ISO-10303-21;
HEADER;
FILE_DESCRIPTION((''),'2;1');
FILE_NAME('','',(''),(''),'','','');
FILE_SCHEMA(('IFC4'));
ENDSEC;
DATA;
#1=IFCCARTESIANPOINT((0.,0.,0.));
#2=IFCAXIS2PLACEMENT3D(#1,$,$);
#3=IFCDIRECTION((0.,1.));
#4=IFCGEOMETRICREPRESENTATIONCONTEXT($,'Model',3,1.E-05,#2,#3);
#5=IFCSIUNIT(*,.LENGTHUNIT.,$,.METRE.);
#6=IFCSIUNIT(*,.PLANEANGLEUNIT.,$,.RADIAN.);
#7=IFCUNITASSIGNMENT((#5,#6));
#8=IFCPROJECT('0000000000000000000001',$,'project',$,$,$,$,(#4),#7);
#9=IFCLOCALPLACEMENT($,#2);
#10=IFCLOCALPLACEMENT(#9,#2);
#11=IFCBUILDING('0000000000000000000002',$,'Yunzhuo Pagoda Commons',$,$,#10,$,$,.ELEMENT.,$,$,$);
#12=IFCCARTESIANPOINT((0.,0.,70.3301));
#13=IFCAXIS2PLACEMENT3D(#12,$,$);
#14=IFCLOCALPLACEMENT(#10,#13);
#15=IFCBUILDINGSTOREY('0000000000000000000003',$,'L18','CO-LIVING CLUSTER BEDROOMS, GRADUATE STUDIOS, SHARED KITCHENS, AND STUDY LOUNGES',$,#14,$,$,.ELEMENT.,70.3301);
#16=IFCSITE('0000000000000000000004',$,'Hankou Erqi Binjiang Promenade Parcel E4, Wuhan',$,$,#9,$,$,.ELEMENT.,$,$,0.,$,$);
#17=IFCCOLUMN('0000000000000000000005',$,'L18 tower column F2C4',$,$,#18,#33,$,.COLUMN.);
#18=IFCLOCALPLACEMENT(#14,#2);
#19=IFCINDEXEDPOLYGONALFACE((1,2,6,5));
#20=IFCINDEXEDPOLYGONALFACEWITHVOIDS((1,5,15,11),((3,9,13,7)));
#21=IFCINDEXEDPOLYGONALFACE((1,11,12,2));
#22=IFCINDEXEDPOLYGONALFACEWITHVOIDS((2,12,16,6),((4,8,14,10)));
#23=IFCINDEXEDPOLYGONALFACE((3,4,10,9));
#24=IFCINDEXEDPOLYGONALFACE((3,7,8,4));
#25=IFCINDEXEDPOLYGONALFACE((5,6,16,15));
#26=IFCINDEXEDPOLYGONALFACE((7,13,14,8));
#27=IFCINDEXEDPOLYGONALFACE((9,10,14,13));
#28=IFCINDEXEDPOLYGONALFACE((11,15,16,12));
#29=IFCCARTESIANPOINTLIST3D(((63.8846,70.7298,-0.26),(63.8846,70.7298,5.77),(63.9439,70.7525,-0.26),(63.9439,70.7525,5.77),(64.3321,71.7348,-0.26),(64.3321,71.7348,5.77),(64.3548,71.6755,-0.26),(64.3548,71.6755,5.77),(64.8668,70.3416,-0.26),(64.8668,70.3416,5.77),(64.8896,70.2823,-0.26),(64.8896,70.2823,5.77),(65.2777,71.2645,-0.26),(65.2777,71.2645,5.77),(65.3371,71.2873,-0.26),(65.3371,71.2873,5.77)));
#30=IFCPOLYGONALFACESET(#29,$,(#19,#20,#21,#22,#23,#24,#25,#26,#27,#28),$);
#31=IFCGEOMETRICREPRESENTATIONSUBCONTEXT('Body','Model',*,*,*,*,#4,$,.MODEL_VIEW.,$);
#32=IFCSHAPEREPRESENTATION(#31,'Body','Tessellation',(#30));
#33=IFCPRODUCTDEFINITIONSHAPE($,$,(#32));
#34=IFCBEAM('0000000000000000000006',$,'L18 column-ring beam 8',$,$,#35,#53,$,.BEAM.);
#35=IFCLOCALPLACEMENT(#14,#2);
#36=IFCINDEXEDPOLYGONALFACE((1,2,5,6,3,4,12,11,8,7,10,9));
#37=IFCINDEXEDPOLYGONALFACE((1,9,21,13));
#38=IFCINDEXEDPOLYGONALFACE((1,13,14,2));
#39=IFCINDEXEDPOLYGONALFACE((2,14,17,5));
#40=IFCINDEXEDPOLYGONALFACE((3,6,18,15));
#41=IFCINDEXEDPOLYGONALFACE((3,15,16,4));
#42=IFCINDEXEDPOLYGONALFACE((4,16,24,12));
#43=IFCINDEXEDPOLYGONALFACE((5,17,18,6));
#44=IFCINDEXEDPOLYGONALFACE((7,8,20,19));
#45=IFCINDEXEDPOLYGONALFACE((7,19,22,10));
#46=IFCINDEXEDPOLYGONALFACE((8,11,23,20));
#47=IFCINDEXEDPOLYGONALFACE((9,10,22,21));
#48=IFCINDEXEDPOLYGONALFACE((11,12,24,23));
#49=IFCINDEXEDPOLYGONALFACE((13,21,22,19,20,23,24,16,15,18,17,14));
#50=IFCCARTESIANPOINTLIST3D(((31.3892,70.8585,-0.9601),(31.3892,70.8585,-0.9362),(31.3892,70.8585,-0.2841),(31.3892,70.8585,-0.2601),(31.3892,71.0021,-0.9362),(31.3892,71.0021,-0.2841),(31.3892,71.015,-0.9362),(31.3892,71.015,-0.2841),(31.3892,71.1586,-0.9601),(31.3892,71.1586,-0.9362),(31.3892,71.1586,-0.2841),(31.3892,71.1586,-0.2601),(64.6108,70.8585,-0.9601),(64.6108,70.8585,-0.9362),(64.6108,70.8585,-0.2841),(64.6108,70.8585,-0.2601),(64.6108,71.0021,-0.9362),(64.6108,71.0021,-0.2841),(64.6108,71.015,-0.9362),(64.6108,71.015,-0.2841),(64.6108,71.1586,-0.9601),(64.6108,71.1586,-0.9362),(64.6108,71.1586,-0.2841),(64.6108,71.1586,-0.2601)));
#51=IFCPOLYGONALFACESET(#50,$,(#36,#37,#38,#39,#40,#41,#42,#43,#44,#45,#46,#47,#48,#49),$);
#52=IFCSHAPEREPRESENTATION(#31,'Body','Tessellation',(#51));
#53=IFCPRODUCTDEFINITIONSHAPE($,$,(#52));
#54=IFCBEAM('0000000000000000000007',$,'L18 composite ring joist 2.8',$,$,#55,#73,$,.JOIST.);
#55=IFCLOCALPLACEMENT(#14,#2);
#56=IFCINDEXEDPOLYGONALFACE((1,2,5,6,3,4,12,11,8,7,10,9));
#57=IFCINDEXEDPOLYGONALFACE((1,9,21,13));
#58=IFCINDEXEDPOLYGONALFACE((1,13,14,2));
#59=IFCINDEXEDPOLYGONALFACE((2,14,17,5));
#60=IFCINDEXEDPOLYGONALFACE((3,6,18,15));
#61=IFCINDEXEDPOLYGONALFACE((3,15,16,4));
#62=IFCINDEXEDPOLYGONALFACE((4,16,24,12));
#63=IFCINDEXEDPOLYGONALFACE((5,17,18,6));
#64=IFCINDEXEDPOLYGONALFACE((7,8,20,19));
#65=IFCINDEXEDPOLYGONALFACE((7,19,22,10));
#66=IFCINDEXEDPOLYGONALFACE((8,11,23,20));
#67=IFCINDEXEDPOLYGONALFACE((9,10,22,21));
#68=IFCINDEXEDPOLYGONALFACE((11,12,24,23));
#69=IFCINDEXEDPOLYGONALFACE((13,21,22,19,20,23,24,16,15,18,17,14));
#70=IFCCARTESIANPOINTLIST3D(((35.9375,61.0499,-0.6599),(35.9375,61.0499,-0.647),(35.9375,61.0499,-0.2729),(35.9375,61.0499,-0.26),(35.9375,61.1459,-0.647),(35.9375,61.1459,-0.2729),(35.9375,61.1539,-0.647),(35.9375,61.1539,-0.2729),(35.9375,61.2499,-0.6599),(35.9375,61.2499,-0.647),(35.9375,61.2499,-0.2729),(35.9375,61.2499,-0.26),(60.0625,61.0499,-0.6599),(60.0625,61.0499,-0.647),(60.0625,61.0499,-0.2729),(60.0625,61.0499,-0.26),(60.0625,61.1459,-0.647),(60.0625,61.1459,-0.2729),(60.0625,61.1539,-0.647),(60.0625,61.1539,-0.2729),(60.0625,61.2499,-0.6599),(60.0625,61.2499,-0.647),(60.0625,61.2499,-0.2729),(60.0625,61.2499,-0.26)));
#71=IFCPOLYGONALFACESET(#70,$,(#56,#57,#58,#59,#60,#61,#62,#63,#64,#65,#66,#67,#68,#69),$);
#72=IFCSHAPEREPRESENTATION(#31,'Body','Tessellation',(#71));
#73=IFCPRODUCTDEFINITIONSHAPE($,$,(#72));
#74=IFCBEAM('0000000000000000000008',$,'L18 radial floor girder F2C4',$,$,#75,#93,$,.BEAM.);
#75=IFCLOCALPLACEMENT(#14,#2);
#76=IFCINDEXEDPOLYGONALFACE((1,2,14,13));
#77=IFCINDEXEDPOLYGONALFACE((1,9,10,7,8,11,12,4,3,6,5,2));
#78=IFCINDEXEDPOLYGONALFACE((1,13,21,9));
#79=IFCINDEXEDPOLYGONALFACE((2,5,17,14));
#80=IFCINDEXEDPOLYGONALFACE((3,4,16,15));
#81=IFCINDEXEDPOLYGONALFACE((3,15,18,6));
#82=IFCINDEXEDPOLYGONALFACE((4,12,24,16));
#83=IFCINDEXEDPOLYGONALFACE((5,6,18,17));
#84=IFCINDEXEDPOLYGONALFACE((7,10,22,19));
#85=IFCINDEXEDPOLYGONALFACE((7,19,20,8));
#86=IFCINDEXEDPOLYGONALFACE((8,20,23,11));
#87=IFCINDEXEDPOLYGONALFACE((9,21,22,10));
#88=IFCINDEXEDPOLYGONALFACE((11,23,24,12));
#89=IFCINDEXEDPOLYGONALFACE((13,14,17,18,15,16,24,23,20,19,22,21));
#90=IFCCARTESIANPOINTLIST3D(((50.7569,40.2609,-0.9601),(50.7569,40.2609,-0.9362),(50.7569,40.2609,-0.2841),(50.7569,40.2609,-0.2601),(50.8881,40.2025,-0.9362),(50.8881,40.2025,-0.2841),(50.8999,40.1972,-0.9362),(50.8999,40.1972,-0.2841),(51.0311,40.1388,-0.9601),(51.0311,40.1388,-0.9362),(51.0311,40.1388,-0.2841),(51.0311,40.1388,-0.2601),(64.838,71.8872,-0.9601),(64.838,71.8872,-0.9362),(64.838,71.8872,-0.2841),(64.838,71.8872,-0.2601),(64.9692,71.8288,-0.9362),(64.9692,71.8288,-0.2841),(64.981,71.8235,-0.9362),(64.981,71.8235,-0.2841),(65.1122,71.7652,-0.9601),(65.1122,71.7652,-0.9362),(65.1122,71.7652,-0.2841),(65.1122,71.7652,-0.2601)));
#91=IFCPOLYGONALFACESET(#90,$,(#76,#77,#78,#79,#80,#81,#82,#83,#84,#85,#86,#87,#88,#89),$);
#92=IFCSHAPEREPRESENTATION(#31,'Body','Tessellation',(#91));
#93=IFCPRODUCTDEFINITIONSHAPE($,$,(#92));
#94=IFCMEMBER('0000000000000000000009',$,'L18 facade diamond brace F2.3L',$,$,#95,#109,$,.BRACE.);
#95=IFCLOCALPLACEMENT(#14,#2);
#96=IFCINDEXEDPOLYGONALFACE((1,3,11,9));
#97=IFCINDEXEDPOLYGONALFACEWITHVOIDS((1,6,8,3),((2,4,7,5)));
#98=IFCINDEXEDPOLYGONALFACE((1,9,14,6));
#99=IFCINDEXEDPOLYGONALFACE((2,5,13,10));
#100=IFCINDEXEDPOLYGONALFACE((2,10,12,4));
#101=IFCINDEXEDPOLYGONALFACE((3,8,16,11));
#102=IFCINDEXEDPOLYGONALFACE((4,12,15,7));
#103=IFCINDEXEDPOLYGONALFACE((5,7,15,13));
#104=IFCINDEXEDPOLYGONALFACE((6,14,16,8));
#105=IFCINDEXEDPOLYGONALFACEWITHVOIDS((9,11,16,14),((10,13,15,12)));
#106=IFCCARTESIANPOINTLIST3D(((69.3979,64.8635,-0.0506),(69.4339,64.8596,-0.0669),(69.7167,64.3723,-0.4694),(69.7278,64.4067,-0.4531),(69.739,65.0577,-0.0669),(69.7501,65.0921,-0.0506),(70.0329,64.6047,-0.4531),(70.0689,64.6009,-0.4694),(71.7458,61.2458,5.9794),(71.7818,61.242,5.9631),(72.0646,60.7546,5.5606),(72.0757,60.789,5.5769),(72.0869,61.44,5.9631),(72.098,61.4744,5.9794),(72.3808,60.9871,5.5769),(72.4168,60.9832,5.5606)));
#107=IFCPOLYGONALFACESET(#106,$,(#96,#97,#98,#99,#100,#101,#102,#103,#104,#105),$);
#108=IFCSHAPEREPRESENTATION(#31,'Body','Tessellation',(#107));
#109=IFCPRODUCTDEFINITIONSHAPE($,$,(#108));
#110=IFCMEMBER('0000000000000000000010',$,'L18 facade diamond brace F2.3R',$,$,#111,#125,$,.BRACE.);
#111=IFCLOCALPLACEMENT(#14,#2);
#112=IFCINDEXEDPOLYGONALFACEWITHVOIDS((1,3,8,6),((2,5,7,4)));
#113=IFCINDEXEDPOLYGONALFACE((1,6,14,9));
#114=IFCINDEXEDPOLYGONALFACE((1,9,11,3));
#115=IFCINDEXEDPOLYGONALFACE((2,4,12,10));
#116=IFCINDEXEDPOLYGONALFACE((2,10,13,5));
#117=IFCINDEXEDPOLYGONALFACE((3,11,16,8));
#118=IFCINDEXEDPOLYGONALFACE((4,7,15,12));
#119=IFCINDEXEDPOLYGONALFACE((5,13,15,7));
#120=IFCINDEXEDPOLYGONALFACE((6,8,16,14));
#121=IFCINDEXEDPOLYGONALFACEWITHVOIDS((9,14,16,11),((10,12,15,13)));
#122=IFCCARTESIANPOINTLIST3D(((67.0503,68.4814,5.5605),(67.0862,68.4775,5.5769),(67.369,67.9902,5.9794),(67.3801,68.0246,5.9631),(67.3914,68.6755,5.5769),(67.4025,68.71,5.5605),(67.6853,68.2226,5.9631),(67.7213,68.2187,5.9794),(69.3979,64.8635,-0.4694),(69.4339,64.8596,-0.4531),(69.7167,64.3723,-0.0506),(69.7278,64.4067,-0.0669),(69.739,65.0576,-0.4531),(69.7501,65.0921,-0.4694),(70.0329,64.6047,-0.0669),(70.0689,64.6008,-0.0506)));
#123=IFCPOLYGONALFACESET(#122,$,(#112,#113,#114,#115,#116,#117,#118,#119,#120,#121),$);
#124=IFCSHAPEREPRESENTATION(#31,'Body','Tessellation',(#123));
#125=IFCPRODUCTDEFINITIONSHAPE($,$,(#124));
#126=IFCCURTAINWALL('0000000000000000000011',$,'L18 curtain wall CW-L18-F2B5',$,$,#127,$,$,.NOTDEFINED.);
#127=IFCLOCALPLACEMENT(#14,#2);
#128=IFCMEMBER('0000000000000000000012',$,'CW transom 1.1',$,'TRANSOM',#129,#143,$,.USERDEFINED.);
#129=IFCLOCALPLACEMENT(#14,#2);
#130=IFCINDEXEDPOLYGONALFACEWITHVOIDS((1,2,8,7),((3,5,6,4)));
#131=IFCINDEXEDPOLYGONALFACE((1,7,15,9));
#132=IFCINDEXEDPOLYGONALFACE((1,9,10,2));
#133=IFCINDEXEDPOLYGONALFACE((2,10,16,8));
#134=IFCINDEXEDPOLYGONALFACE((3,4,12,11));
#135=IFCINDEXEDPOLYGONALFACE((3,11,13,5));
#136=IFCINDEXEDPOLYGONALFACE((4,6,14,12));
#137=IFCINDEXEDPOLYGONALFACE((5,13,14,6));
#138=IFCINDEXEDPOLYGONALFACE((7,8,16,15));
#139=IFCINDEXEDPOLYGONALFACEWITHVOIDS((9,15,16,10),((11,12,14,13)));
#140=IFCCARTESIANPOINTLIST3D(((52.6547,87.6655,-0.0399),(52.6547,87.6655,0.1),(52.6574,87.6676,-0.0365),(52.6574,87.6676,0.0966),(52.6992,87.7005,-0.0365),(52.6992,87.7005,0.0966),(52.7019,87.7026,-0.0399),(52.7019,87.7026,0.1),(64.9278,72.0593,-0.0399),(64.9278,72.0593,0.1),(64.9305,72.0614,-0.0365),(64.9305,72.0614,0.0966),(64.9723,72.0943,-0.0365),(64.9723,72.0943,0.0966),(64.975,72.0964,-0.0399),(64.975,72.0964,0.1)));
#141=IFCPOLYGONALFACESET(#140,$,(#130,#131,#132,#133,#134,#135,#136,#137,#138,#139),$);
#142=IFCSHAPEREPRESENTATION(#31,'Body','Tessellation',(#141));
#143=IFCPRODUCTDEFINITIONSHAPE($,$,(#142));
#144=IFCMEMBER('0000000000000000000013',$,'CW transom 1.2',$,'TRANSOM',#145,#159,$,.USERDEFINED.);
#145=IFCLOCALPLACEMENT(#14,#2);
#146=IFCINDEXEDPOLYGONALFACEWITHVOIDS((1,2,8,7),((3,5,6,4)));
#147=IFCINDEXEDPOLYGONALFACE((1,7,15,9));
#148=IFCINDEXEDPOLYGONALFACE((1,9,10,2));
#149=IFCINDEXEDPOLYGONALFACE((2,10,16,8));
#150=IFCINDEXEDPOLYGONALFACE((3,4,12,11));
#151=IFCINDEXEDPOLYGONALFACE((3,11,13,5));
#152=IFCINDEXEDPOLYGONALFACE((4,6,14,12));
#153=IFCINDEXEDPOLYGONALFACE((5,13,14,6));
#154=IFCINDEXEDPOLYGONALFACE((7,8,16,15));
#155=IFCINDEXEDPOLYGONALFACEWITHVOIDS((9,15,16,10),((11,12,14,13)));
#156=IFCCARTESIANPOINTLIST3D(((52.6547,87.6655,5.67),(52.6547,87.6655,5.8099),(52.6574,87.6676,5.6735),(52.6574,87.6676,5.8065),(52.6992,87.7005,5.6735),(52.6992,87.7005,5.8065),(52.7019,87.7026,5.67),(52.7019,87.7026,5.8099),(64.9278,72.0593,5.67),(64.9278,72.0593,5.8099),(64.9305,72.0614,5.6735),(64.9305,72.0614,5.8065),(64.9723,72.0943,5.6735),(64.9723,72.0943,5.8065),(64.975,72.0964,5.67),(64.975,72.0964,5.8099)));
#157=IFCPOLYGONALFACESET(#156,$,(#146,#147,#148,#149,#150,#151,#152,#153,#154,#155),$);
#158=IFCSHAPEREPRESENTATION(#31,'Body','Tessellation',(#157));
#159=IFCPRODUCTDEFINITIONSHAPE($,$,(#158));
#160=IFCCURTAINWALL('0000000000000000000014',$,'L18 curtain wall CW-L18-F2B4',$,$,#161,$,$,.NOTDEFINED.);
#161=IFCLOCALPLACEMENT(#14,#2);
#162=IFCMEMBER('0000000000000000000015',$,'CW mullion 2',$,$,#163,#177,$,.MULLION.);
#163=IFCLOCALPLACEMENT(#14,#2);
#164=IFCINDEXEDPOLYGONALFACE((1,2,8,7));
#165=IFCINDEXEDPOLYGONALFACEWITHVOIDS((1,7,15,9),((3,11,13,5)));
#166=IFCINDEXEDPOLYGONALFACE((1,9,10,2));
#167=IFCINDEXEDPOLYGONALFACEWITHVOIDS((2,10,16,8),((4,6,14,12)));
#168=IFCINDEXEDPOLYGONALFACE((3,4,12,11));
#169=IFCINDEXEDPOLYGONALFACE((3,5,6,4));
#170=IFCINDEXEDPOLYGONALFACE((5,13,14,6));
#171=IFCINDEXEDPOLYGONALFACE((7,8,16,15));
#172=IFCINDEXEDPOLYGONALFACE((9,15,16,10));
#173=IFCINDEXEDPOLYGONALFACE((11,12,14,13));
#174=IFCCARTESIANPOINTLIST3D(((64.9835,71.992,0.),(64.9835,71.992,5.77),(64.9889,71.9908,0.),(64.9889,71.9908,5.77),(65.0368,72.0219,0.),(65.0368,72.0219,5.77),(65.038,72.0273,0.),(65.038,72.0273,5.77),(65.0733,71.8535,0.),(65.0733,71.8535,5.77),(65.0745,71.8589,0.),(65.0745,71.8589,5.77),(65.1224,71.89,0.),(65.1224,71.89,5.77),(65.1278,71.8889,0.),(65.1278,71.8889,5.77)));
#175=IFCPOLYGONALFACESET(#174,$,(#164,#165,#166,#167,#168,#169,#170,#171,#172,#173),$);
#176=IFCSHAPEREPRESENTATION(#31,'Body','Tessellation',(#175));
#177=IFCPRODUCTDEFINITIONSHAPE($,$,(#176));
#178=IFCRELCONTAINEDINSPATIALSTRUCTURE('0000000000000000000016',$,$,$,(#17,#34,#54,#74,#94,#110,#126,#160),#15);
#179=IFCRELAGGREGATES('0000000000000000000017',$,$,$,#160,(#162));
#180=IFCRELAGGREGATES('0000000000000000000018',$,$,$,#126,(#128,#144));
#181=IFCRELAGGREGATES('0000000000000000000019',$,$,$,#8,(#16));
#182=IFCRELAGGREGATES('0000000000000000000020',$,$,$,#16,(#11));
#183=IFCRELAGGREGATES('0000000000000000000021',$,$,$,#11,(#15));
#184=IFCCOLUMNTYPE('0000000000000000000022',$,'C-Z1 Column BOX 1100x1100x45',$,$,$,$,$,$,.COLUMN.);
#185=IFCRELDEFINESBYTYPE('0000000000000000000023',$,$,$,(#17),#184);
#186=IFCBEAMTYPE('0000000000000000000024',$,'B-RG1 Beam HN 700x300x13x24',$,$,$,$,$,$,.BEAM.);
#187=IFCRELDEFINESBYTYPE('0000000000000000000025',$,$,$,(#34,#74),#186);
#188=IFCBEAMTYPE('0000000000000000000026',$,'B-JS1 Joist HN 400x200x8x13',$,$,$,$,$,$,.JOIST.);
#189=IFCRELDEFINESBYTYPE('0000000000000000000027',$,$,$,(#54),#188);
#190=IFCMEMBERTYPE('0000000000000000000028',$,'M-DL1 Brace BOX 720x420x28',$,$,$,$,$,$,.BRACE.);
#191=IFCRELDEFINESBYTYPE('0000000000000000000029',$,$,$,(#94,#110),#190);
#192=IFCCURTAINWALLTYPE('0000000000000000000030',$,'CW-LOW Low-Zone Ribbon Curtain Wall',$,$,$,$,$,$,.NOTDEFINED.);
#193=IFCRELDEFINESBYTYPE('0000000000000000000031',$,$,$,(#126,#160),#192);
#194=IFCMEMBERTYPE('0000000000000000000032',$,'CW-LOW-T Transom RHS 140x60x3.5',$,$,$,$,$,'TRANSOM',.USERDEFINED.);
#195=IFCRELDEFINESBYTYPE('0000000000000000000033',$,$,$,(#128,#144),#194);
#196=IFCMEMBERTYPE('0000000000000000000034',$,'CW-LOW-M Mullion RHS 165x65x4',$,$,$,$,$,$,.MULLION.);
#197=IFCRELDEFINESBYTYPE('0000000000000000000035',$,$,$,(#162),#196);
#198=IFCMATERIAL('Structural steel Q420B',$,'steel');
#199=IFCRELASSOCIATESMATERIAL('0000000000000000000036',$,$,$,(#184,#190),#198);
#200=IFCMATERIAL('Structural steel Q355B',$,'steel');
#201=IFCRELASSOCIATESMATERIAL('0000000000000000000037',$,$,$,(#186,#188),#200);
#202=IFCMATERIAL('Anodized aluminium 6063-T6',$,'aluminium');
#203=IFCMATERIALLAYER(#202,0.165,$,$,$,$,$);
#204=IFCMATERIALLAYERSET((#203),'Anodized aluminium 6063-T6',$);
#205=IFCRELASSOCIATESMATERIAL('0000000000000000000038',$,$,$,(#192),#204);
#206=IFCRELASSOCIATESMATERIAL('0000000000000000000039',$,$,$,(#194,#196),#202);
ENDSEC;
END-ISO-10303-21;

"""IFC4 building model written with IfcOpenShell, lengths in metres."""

from ifc_helpers import new_model, si_unit, direction, frame, origin, origin_2d, place, context, subcontext, project, spatial, hollow_rectangle, i_section, extrude, source, transform, mapped, material, layer, layer_set, material_profile, profile_set, type_object, element, aggregate, save


model = new_model("IFC4")

# Units and contexts
model_context = context("Model", 3, precision=1e-05, world=origin(), true_north=direction((0.0, 1.0)))
body_context = subcontext(model_context, "Body", "Model", "MODEL_VIEW")
ifc_project = project(units=[si_unit("LENGTHUNIT", "METRE"), si_unit("PLANEANGLEUNIT", "RADIAN")], contexts=[model_context])

# Site, building, storey
site_placement = place(None, origin())
site = spatial("IfcSite", under=ifc_project, at=site_placement, Name="Hankou Erqi Binjiang Promenade Parcel E4, Wuhan", CompositionType="ELEMENT", RefElevation=0.0)
building_placement = place(site_placement, origin())
building = spatial("IfcBuilding", under=site, at=building_placement, Name="Yunzhuo Pagoda Commons", CompositionType="ELEMENT")
storey_placement = place(building_placement, frame((0.0, 0.0, 70.3301)))
storey = spatial("IfcBuildingStorey", under=building, at=storey_placement, Name="L18", Description="CO-LIVING CLUSTER BEDROOMS, GRADUATE STUDIOS, SHARED KITCHENS, AND STUDY LOUNGES", CompositionType="ELEMENT", Elevation=70.3301)

# Column
ifc_material_1 = material(Name="Structural steel Q420B", Category="steel")
ifc_material_profile_1 = material_profile(ifc_material_1, hollow_rectangle(XDim=1.1001, YDim=1.1001, WallThickness=0.0449, at=origin_2d()), Name="Structural steel Q420B")
ifc_profile_set_1 = profile_set([ifc_material_profile_1], Name="Structural steel Q420B")
column_type = type_object("IfcColumnType", Name="C-Z1 Column BOX 1100x1100x45", PredefinedType="COLUMN", material=ifc_profile_set_1)
shared_shape_1 = source(origin(), body_context, "Body", "SweptSolid", [
    extrude(hollow_rectangle(XDim=1.1001, YDim=1.1001, WallThickness=0.0449, at=origin_2d()), origin(), (0.0, 0.0, 1.0), 6.03),
])
column_placement = place(storey_placement, frame((64.6108, 71.0085, -0.26), z_axis=(0.0, 0.0, 1.0), x_axis=(-0.913545, 0.406737, 0.0)))
element("IfcColumn", 1, at=column_placement, inside=storey, type_object=column_type, Name="L18 tower column F2C4", PredefinedType="COLUMN", context=body_context, shape_type="MappedRepresentation", body=[
    mapped(shared_shape_1, transform((0.0, 0.0, 0.0), scale=1.0)),
])

# Beams
ifc_material_2 = material(Name="Structural steel Q355B", Category="steel")
ifc_material_profile_2 = material_profile(ifc_material_2, i_section(OverallWidth=0.3, OverallDepth=0.7, WebThickness=0.0129, FlangeThickness=0.0239, at=origin_2d()), Name="Structural steel Q355B")
ifc_profile_set_2 = profile_set([ifc_material_profile_2], Name="Structural steel Q355B")
beam_type_1 = type_object("IfcBeamType", Name="B-RG1 Beam HN 700x300x13x24", PredefinedType="BEAM", material=ifc_profile_set_2)
shared_shape_2 = source(origin(), body_context, "Body", "SweptSolid", [
    extrude(i_section(OverallWidth=0.3, OverallDepth=0.7, WebThickness=0.0129, FlangeThickness=0.0239, at=origin_2d()), origin(), (0.0, 0.0, 1.0), 33.2217),
])
beam_1_placement = place(storey_placement, frame((64.6108, 71.0085, -0.6101), z_axis=(-1.0, 0.0, 0.0), x_axis=(0.0, -1.0, 0.0)))
element("IfcBeam", 2, at=beam_1_placement, inside=storey, type_object=beam_type_1, Name="L18 column-ring beam 8", PredefinedType="BEAM", context=body_context, shape_type="MappedRepresentation", body=[
    mapped(shared_shape_2, transform((0.0, 0.0, 0.0), scale=1.0)),
])
ifc_material_profile_3 = material_profile(ifc_material_2, i_section(OverallWidth=0.2, OverallDepth=0.3999, WebThickness=0.0081, FlangeThickness=0.0129, at=origin_2d()), Name="Structural steel Q355B")
ifc_profile_set_3 = profile_set([ifc_material_profile_3], Name="Structural steel Q355B")
beam_type_2 = type_object("IfcBeamType", Name="B-JS1 Joist HN 400x200x8x13", PredefinedType="JOIST", material=ifc_profile_set_3)
shared_shape_3 = source(origin(), body_context, "Body", "SweptSolid", [
    extrude(i_section(OverallWidth=0.2, OverallDepth=0.3999, WebThickness=0.0081, FlangeThickness=0.0129, at=origin_2d()), origin(), (0.0, 0.0, 1.0), 24.125),
])
beam_2_placement = place(storey_placement, frame((60.0625, 61.1499, -0.46), z_axis=(-1.0, 0.0, 0.0), x_axis=(0.0, -1.0, 0.0)))
element("IfcBeam", 3, at=beam_2_placement, inside=storey, type_object=beam_type_2, Name="L18 composite ring joist 2.8", PredefinedType="JOIST", context=body_context, shape_type="MappedRepresentation", body=[
    mapped(shared_shape_3, transform((0.0, 0.0, 0.0), scale=1.0)),
])
shared_shape_4 = source(origin(), body_context, "Body", "SweptSolid", [
    extrude(i_section(OverallWidth=0.3, OverallDepth=0.7, WebThickness=0.0129, FlangeThickness=0.0239, at=origin_2d()), origin(), (0.0, 0.0, 1.0), 34.6194),
])
beam_3_placement = place(storey_placement, frame((64.9751, 71.8262, -0.6101), z_axis=(-0.40674, -0.913544, 0.0), x_axis=(0.913544, -0.40674, 0.0)))
element("IfcBeam", 4, at=beam_3_placement, inside=storey, type_object=beam_type_1, Name="L18 radial floor girder F2C4", PredefinedType="BEAM", context=body_context, shape_type="MappedRepresentation", body=[
    mapped(shared_shape_4, transform((0.0, 0.0, 0.0), scale=1.0)),
])

# Members
ifc_material_profile_4 = material_profile(ifc_material_1, hollow_rectangle(XDim=0.4199, YDim=0.72, WallThickness=0.0281, at=origin_2d()), Name="Structural steel Q420B")
ifc_profile_set_4 = profile_set([ifc_material_profile_4], Name="Structural steel Q420B")
member_type_1 = type_object("IfcMemberType", Name="M-DL1 Brace BOX 720x420x28", PredefinedType="BRACE", material=ifc_profile_set_4)
shared_shape_5 = source(origin(), body_context, "Body", "SweptSolid", [
    extrude(hollow_rectangle(XDim=0.4199, YDim=0.72, WallThickness=0.0281, at=origin_2d()), origin(), (0.0, 0.0, 1.0), 7.4136),
])
for number, where, z_axis, x_axis, name in (
    (5, (69.7334, 64.7322, -0.26), (0.316702, -0.487978, 0.813374), (0.838824, 0.544403, 0.0), "L18 facade diamond brace F2.3L"),
    (6, (69.7334, 64.7322, -0.26), (-0.316667, 0.488008, 0.813369), (-0.838866, -0.544338, 0.0), "L18 facade diamond brace F2.3R"),
):
    element("IfcMember", number, at=place(storey_placement, frame(where, z_axis=z_axis, x_axis=x_axis)), inside=storey, type_object=member_type_1, Name=name, PredefinedType="BRACE", context=body_context, shape_type="MappedRepresentation", body=[
        mapped(shared_shape_5, transform((0.0, 0.0, 0.0), scale=1.0)),
    ])

# Curtain wall, members
ifc_material_3 = material(Name="Anodized aluminium 6063-T6", Category="aluminium")
ifc_layer_1 = layer(ifc_material_3, 0.165)
ifc_layer_set_1 = layer_set([ifc_layer_1], Name="Anodized aluminium 6063-T6")
curtain_wall_type = type_object("IfcCurtainWallType", Name="CW-LOW Low-Zone Ribbon Curtain Wall", PredefinedType="NOTDEFINED", material=ifc_layer_set_1)
curtain_wall_1_placement = place(storey_placement, origin())
curtain_wall_1 = element("IfcCurtainWall", 7, at=curtain_wall_1_placement, inside=storey, type_object=curtain_wall_type, Name="L18 curtain wall CW-L18-F2B5", PredefinedType="NOTDEFINED")
ifc_material_profile_5 = material_profile(ifc_material_3, hollow_rectangle(XDim=0.0601, YDim=0.1399, WallThickness=0.0034, at=origin_2d()), Name="Anodized aluminium 6063-T6")
ifc_profile_set_5 = profile_set([ifc_material_profile_5], Name="Anodized aluminium 6063-T6")
member_type_2 = type_object("IfcMemberType", Name="CW-LOW-T Transom RHS 140x60x3.5", ElementType="TRANSOM", PredefinedType="USERDEFINED", material=ifc_profile_set_5)
shared_shape_6 = source(origin(), body_context, "Body", "SweptSolid", [
    extrude(hollow_rectangle(XDim=0.0601, YDim=0.1399, WallThickness=0.0034, at=origin_2d()), origin(), (0.0, 0.0, 1.0), 19.854),
])
member_1_placement = place(storey_placement, frame((64.9514, 72.0779, 0.03), z_axis=(-0.61817, 0.786045, 0.0), x_axis=(-0.786045, -0.61817, 0.0)))
member_1 = element("IfcMember", 8, at=member_1_placement, type_object=member_type_2, Name="CW transom 1.1", ObjectType="TRANSOM", PredefinedType="USERDEFINED", context=body_context, shape_type="MappedRepresentation", body=[
    mapped(shared_shape_6, transform((0.0, 0.0, 0.0), scale=1.0)),
])
member_2_placement = place(storey_placement, frame((64.9514, 72.0779, 5.74), z_axis=(-0.61817, 0.786045, 0.0), x_axis=(-0.786045, -0.61817, 0.0)))
member_2 = element("IfcMember", 9, at=member_2_placement, type_object=member_type_2, Name="CW transom 1.2", ObjectType="TRANSOM", PredefinedType="USERDEFINED", context=body_context, shape_type="MappedRepresentation", body=[
    mapped(shared_shape_6, transform((0.0, 0.0, 0.0), scale=1.0)),
])

# Curtain wall, member
curtain_wall_2_placement = place(storey_placement, origin())
curtain_wall_2 = element("IfcCurtainWall", 10, at=curtain_wall_2_placement, inside=storey, type_object=curtain_wall_type, Name="L18 curtain wall CW-L18-F2B4", PredefinedType="NOTDEFINED")
ifc_material_profile_6 = material_profile(ifc_material_3, hollow_rectangle(XDim=0.0649, YDim=0.165, WallThickness=0.0039, at=origin_2d()), Name="Anodized aluminium 6063-T6")
ifc_profile_set_6 = profile_set([ifc_material_profile_6], Name="Anodized aluminium 6063-T6")
member_type_3 = type_object("IfcMemberType", Name="CW-LOW-M Mullion RHS 165x65x4", PredefinedType="MULLION", material=ifc_profile_set_6)
shared_shape_7 = source(origin(), body_context, "Body", "SweptSolid", [
    extrude(hollow_rectangle(XDim=0.0649, YDim=0.165, WallThickness=0.0039, at=origin_2d()), origin(), (0.0, 0.0, 1.0), 5.77),
])
member_3_placement = place(storey_placement, frame((65.0557, 71.9404, 0.0), z_axis=(0.0, 0.0, 1.0), x_axis=(-0.83884, -0.544378, 0.0)))
member_3 = element("IfcMember", 11, at=member_3_placement, type_object=member_type_3, Name="CW mullion 2", PredefinedType="MULLION", context=body_context, shape_type="MappedRepresentation", body=[
    mapped(shared_shape_7, transform((0.0, 0.0, 0.0), scale=1.0)),
])

aggregate(curtain_wall_2, [member_3])

aggregate(curtain_wall_1, [member_1, member_2])

save(model, "model.ifc")
